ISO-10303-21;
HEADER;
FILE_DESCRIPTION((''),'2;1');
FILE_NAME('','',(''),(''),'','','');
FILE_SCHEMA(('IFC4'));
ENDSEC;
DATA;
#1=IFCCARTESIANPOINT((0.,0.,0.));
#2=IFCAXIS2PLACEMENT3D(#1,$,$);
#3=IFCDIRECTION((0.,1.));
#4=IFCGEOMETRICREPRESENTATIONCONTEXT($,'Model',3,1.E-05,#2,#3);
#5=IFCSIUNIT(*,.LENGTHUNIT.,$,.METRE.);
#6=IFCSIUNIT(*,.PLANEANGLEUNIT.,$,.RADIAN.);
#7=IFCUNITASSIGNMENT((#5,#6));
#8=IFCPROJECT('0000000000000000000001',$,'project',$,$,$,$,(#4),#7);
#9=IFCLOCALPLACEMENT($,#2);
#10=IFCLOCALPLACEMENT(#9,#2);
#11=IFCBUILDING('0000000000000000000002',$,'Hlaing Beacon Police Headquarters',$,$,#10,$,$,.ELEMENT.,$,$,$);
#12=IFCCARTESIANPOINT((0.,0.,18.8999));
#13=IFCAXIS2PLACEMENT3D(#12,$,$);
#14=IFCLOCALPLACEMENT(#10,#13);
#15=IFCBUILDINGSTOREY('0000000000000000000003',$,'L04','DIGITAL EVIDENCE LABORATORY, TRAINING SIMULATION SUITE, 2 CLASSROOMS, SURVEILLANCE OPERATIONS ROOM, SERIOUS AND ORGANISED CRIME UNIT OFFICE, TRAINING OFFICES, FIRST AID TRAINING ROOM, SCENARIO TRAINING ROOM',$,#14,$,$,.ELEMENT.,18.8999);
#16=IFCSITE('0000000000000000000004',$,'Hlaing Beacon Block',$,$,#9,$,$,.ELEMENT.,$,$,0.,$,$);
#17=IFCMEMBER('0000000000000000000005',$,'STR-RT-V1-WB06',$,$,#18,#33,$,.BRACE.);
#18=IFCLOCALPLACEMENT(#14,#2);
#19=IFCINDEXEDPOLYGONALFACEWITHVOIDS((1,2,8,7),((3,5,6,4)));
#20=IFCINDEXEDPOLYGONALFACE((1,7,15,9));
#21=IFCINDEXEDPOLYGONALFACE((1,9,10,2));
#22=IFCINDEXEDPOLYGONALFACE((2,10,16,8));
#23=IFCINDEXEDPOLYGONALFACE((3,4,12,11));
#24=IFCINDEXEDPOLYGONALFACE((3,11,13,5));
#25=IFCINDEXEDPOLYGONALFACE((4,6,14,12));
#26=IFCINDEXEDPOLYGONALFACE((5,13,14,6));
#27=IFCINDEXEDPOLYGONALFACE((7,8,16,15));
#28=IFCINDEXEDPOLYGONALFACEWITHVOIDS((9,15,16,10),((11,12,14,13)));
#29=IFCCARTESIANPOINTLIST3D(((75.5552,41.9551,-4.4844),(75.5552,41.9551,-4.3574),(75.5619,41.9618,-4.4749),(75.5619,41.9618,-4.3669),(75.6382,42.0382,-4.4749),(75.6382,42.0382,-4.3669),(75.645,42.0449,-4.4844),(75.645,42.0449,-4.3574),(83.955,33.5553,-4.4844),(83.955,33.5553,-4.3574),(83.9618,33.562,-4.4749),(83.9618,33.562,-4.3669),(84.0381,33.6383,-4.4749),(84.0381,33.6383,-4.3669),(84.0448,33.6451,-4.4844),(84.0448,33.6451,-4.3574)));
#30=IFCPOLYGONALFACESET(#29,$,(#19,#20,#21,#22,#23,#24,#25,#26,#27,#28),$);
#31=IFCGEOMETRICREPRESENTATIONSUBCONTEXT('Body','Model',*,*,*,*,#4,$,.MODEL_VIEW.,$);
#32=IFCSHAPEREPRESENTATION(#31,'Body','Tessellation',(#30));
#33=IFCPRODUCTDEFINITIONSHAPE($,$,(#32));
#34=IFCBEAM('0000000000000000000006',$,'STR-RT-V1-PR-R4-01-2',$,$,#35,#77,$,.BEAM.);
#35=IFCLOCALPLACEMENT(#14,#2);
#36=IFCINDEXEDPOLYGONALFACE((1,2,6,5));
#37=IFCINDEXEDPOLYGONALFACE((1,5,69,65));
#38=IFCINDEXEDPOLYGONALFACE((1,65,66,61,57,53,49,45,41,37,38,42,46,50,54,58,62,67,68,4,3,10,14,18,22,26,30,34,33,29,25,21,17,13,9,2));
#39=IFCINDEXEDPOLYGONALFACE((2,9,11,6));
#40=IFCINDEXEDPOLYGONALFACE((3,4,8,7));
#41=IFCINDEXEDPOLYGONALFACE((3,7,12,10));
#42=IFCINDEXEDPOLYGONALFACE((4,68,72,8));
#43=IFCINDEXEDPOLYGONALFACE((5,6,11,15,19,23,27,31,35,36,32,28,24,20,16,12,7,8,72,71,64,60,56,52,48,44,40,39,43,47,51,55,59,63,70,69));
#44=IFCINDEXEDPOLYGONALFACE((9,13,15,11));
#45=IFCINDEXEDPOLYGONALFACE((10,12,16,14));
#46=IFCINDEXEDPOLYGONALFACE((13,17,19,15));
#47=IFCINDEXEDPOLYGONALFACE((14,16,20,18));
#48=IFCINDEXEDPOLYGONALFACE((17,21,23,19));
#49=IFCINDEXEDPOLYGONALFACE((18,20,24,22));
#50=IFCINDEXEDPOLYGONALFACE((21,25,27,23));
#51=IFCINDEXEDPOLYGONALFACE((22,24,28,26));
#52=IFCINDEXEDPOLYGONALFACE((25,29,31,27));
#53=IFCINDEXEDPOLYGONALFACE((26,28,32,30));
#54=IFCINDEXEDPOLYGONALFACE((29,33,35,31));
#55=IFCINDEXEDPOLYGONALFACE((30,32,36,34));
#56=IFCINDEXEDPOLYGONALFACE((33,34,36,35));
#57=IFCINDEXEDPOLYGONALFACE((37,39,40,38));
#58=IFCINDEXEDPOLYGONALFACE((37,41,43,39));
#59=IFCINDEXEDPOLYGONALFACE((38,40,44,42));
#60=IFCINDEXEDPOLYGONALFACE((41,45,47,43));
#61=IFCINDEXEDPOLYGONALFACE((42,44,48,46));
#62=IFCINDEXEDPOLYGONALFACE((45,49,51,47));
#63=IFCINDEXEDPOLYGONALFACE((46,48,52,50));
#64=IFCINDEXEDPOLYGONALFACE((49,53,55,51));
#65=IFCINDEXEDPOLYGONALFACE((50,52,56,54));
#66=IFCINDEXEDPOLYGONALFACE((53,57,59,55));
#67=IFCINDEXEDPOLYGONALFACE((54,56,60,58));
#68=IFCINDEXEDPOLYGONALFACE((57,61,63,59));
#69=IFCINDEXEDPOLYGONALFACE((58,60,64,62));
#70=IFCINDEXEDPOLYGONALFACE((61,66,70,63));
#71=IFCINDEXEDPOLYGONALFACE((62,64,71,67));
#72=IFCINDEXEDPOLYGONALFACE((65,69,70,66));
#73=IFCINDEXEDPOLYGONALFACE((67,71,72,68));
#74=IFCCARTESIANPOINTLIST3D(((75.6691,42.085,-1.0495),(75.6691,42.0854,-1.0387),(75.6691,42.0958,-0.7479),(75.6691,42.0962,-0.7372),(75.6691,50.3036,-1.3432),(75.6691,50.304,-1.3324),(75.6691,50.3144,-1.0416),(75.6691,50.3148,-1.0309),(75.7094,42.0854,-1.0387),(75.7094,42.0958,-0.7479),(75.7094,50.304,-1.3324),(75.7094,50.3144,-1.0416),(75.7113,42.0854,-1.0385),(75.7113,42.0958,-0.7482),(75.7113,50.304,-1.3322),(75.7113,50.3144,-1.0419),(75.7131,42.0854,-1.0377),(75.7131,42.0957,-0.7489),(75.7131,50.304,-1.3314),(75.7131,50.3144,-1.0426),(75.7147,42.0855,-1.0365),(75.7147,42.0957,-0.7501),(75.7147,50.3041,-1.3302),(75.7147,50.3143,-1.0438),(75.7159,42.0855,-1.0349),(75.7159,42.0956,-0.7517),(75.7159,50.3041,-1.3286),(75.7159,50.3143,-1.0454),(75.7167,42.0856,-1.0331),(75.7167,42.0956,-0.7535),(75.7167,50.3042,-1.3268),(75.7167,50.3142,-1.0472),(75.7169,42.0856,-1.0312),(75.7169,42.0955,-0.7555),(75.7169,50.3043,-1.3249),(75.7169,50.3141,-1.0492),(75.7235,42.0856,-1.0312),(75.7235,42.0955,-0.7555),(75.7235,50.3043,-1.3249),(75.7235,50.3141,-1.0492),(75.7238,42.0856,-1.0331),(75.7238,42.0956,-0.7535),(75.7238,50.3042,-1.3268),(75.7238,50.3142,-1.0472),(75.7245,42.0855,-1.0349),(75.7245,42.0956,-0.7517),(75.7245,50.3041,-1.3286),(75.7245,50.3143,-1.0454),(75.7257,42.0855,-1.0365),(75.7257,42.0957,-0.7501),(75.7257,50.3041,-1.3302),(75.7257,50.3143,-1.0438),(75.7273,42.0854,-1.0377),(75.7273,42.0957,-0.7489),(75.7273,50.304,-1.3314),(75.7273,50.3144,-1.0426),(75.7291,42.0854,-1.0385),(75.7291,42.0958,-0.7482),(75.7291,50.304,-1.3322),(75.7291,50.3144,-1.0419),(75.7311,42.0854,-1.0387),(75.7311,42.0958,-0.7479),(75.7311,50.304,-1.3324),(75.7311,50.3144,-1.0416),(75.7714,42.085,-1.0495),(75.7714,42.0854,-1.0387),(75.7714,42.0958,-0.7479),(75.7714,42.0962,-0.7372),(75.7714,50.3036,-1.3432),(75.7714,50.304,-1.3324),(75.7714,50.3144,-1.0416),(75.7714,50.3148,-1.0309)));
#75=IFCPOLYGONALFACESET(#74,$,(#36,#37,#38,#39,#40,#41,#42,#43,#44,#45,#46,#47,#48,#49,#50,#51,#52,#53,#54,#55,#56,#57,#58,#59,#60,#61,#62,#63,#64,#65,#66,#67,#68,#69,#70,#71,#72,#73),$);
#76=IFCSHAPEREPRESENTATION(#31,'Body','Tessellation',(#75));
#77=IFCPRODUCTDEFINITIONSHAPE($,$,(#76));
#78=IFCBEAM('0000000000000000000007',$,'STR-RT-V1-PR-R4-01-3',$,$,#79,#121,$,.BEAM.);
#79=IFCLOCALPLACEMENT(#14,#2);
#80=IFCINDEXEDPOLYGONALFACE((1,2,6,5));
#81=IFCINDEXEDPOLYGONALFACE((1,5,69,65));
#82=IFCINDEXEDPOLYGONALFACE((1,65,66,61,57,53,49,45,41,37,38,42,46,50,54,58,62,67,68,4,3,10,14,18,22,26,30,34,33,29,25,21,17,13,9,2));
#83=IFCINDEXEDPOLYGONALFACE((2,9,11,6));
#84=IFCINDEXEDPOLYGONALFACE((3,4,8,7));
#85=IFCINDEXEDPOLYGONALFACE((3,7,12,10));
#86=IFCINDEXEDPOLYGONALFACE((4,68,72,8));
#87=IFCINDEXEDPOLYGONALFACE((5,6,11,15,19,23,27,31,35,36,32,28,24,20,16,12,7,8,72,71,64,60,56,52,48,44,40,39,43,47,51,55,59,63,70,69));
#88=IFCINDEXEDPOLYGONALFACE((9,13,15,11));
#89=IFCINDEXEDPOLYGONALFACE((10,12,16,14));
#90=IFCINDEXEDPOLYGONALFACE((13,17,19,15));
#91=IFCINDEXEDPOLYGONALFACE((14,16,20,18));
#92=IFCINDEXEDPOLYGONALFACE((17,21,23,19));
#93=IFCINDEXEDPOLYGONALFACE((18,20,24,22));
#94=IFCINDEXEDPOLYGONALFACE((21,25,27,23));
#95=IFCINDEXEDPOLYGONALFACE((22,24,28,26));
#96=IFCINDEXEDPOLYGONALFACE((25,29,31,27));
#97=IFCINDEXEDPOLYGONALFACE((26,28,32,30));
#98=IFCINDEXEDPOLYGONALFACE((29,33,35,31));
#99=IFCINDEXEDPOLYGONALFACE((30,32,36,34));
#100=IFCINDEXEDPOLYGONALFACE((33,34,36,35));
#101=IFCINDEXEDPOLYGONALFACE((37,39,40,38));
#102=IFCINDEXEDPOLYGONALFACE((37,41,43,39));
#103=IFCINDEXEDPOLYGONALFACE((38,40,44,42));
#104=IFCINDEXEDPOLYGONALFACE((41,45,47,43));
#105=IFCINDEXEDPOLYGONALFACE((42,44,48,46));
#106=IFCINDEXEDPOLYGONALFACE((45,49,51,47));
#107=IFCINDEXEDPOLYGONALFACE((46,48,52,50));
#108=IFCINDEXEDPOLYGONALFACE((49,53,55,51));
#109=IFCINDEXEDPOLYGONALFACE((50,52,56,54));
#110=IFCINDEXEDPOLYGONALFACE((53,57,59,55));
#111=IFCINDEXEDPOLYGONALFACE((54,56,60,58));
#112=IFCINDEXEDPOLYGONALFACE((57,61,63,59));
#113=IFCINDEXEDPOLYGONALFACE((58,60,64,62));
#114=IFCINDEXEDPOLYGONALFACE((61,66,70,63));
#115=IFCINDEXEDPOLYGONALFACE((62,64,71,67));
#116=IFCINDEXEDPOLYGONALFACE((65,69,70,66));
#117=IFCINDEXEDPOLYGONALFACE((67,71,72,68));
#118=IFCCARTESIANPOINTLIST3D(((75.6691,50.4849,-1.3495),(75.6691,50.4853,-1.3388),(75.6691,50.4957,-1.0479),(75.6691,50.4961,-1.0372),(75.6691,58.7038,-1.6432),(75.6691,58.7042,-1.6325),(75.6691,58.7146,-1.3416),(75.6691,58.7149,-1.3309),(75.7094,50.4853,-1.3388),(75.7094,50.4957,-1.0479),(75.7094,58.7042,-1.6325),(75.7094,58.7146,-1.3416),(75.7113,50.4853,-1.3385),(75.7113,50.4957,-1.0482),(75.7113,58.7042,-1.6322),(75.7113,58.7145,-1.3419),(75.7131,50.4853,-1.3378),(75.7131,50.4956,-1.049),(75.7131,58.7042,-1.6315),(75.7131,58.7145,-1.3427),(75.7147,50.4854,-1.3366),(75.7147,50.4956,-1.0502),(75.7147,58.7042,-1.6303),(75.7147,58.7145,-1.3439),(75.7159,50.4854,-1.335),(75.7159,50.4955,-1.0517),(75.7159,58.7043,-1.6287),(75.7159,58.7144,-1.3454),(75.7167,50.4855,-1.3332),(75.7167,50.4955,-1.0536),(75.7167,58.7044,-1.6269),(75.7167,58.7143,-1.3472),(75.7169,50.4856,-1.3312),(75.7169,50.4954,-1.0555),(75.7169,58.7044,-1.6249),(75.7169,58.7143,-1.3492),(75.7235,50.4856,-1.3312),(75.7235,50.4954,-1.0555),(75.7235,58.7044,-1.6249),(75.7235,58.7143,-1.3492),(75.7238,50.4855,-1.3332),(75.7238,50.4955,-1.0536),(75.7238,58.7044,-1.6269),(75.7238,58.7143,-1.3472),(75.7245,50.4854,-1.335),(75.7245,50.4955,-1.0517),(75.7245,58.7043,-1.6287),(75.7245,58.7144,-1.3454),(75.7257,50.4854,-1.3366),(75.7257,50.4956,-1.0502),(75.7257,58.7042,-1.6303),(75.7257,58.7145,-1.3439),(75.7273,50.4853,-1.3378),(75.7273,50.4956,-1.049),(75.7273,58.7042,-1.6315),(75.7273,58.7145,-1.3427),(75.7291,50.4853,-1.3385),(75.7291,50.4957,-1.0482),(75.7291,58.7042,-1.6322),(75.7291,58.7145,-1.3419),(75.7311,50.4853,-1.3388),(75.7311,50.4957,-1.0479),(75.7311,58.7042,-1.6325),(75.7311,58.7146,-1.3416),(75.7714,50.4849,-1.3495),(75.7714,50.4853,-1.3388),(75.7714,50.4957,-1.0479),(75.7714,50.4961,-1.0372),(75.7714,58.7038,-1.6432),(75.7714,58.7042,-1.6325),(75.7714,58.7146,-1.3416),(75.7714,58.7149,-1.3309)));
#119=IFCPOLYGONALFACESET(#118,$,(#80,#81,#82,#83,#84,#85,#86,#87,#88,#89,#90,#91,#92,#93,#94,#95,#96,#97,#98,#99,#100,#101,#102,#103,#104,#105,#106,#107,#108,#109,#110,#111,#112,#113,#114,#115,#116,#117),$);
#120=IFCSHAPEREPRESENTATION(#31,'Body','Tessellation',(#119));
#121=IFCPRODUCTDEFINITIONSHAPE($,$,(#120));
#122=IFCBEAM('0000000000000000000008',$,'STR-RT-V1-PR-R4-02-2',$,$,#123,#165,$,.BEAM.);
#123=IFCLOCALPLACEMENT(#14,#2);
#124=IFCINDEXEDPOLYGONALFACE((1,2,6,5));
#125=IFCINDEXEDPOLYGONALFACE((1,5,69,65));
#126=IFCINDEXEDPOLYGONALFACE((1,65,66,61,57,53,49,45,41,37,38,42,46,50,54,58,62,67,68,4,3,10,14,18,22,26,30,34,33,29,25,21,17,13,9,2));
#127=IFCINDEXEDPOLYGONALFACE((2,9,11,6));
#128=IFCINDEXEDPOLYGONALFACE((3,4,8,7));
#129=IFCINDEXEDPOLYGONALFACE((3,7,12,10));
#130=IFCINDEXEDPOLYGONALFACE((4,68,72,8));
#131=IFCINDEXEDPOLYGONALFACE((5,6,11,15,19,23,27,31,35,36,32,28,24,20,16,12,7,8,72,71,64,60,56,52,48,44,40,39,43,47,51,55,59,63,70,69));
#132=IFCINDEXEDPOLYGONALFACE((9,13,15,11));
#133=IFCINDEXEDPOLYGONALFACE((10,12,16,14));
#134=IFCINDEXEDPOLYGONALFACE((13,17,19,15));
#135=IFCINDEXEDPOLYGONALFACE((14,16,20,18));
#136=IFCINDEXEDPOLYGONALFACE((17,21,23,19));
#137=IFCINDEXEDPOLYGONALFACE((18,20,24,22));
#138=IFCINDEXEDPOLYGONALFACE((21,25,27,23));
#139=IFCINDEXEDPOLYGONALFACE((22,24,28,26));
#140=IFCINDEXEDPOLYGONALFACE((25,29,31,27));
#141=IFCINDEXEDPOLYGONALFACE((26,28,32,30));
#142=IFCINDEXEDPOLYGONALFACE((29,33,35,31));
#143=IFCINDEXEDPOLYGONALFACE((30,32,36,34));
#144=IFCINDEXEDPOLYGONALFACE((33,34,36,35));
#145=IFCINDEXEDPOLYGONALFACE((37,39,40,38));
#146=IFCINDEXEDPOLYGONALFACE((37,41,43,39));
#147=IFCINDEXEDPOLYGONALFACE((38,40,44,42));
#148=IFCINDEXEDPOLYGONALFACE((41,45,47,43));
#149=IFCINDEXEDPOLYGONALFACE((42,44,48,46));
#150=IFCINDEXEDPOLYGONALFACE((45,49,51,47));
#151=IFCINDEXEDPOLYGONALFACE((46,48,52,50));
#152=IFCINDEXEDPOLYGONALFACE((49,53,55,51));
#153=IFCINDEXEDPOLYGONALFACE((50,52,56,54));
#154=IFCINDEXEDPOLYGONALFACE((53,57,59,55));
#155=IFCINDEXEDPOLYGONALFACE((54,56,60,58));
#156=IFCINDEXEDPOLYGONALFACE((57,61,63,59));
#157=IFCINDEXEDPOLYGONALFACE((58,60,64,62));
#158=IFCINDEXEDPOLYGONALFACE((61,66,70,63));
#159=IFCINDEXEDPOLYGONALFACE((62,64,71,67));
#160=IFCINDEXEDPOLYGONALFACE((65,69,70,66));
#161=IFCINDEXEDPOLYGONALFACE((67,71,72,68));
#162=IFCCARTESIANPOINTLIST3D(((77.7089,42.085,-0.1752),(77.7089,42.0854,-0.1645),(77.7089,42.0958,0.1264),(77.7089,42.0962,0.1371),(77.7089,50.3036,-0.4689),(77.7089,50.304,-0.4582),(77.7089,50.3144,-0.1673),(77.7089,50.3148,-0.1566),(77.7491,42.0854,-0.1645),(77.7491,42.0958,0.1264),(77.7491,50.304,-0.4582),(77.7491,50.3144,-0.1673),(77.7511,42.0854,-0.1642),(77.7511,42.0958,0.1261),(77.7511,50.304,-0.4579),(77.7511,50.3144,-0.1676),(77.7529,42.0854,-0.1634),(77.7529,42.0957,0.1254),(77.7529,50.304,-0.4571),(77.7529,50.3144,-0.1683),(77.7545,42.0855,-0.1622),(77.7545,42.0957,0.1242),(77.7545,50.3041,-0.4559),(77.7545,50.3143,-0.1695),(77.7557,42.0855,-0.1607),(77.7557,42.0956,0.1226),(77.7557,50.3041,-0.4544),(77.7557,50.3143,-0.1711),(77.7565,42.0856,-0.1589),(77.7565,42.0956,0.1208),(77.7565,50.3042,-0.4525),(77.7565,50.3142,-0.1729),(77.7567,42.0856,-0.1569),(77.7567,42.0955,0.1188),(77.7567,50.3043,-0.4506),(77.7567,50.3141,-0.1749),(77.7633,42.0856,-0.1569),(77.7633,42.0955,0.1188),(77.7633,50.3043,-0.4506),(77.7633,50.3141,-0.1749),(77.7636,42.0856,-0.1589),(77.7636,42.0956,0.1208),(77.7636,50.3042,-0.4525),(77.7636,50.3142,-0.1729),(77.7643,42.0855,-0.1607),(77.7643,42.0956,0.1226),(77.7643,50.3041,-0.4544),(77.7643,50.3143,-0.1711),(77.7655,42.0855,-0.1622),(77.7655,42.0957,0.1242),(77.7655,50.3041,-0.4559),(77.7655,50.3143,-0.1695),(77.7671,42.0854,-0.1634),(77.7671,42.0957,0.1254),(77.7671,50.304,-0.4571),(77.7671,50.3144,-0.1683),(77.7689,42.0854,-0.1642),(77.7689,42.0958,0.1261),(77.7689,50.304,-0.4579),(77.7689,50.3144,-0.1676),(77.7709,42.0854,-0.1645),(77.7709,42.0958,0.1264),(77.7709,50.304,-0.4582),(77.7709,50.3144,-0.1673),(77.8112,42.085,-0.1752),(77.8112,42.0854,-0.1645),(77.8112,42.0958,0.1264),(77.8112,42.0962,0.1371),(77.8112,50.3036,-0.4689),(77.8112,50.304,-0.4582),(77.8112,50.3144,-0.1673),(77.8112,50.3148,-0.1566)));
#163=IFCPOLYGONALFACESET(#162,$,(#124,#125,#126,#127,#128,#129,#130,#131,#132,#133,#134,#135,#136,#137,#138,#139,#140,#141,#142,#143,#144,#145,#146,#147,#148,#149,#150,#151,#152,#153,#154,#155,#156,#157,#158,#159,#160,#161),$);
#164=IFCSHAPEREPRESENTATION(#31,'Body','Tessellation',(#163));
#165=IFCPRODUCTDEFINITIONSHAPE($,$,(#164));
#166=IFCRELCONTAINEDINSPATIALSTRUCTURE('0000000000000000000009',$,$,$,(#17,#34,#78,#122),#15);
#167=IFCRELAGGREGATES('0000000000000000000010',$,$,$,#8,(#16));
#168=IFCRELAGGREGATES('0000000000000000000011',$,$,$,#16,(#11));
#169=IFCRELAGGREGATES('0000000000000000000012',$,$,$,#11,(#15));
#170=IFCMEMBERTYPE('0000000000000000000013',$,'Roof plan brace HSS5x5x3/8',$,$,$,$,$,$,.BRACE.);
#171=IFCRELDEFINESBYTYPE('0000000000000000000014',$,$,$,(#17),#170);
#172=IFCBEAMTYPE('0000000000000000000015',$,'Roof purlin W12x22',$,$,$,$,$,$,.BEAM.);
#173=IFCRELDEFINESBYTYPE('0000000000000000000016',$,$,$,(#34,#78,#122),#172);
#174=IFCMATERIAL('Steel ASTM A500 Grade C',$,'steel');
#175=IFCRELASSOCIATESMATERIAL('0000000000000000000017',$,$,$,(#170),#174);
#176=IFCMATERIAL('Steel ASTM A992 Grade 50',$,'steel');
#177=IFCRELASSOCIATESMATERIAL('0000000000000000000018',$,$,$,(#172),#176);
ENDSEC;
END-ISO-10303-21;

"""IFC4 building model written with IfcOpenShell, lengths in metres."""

from ifc_helpers import new_model, si_unit, direction, frame, origin, origin_2d, place, context, subcontext, project, spatial, hollow_rectangle, i_section, extrude, material, material_profile, profile_set, type_object, element, save


model = new_model("IFC4")

# Units and contexts
model_context = context("Model", 3, precision=1e-05, world=origin(), true_north=direction((0.0, 1.0)))
body_context = subcontext(model_context, "Body", "Model", "MODEL_VIEW")
ifc_project = project(units=[si_unit("LENGTHUNIT", "METRE"), si_unit("PLANEANGLEUNIT", "RADIAN")], contexts=[model_context])

# Site, building, storey
site_placement = place(None, origin())
site = spatial("IfcSite", under=ifc_project, at=site_placement, Name="Hlaing Beacon Block", CompositionType="ELEMENT", RefElevation=0.0)
building_placement = place(site_placement, origin())
building = spatial("IfcBuilding", under=site, at=building_placement, Name="Hlaing Beacon Police Headquarters", CompositionType="ELEMENT")
storey_placement = place(building_placement, frame((0.0, 0.0, 18.8999)))
storey = spatial("IfcBuildingStorey", under=building, at=storey_placement, Name="L04", Description="DIGITAL EVIDENCE LABORATORY, TRAINING SIMULATION SUITE, 2 CLASSROOMS, SURVEILLANCE OPERATIONS ROOM, SERIOUS AND ORGANISED CRIME UNIT OFFICE, TRAINING OFFICES, FIRST AID TRAINING ROOM, SCENARIO TRAINING ROOM", CompositionType="ELEMENT", Elevation=18.8999)

# Member
ifc_material_1 = material(Name="Steel ASTM A500 Grade C", Category="steel")
ifc_material_profile_1 = material_profile(ifc_material_1, hollow_rectangle(XDim=0.127, YDim=0.127, WallThickness=0.0095, at=origin_2d()), Name="HSS5x5x3/8")
ifc_profile_set_1 = profile_set([ifc_material_profile_1], Name="Steel ASTM A500 Grade C")
member_type_1 = type_object("IfcMemberType", Name="Roof plan brace HSS5x5x3/8", PredefinedType="BRACE", material=ifc_profile_set_1)
member_1_placement = place(storey_placement, frame((75.6001, 42.0, -4.4209), z_axis=(0.707107, -0.707107, 0.0), x_axis=(0.707107, 0.707107, 0.0)))
element("IfcMember", 1, at=member_1_placement, inside=storey, type_object=member_type_1, Name="STR-RT-V1-WB06", PredefinedType="BRACE", context=body_context, shape_type="SweptSolid", body=[
    extrude(hollow_rectangle(XDim=0.127, YDim=0.127, WallThickness=0.0095, at=origin_2d()), origin(), (0.0, 0.0, 1.0), 11.8792),
])

# Beams
ifc_material_2 = material(Name="Steel ASTM A992 Grade 50", Category="steel")
ifc_material_profile_2 = material_profile(ifc_material_2, i_section(OverallWidth=0.1023, OverallDepth=0.3125, WebThickness=0.0066, FlangeThickness=0.0107, FilletRadius=0.0076, at=origin_2d()), Name="W12x22")
ifc_profile_set_2 = profile_set([ifc_material_profile_2], Name="Steel ASTM A992 Grade 50")
beam_type_1 = type_object("IfcBeamType", Name="Roof purlin W12x22", PredefinedType="BEAM", material=ifc_profile_set_2)
beam_1_placement = place(storey_placement, frame((75.7202, 42.0906, -0.8933), z_axis=(0.0, 0.999362, -0.035713), x_axis=(-1.0, 0.0, 0.0)))
element("IfcBeam", 2, at=beam_1_placement, inside=storey, type_object=beam_type_1, Name="STR-RT-V1-PR-R4-01-2", PredefinedType="BEAM", context=body_context, shape_type="SweptSolid", body=[
    extrude(i_section(OverallWidth=0.1023, OverallDepth=0.3125, WebThickness=0.0066, FlangeThickness=0.0107, FilletRadius=0.0076, at=origin_2d()), origin(), (0.0, 0.0, 1.0), 8.2239),
])
beam_2_placement = place(storey_placement, frame((75.7202, 50.4905, -1.1934), z_axis=(0.0, 0.999362, -0.035712), x_axis=(-1.0, 0.0, 0.0)))
element("IfcBeam", 3, at=beam_2_placement, inside=storey, type_object=beam_type_1, Name="STR-RT-V1-PR-R4-01-3", PredefinedType="BEAM", context=body_context, shape_type="SweptSolid", body=[
    extrude(i_section(OverallWidth=0.1023, OverallDepth=0.3125, WebThickness=0.0066, FlangeThickness=0.0107, FilletRadius=0.0076, at=origin_2d()), origin(), (0.0, 0.0, 1.0), 8.2241),
])
beam_3_placement = place(storey_placement, frame((77.76, 42.0906, -0.019), z_axis=(0.0, 0.999362, -0.035713), x_axis=(-1.0, 0.0, 0.0)))
element("IfcBeam", 4, at=beam_3_placement, inside=storey, type_object=beam_type_1, Name="STR-RT-V1-PR-R4-02-2", PredefinedType="BEAM", context=body_context, shape_type="SweptSolid", body=[
    extrude(i_section(OverallWidth=0.1023, OverallDepth=0.3125, WebThickness=0.0066, FlangeThickness=0.0107, FilletRadius=0.0076, at=origin_2d()), origin(), (0.0, 0.0, 1.0), 8.2239),
])

save(model, "model.ifc")
